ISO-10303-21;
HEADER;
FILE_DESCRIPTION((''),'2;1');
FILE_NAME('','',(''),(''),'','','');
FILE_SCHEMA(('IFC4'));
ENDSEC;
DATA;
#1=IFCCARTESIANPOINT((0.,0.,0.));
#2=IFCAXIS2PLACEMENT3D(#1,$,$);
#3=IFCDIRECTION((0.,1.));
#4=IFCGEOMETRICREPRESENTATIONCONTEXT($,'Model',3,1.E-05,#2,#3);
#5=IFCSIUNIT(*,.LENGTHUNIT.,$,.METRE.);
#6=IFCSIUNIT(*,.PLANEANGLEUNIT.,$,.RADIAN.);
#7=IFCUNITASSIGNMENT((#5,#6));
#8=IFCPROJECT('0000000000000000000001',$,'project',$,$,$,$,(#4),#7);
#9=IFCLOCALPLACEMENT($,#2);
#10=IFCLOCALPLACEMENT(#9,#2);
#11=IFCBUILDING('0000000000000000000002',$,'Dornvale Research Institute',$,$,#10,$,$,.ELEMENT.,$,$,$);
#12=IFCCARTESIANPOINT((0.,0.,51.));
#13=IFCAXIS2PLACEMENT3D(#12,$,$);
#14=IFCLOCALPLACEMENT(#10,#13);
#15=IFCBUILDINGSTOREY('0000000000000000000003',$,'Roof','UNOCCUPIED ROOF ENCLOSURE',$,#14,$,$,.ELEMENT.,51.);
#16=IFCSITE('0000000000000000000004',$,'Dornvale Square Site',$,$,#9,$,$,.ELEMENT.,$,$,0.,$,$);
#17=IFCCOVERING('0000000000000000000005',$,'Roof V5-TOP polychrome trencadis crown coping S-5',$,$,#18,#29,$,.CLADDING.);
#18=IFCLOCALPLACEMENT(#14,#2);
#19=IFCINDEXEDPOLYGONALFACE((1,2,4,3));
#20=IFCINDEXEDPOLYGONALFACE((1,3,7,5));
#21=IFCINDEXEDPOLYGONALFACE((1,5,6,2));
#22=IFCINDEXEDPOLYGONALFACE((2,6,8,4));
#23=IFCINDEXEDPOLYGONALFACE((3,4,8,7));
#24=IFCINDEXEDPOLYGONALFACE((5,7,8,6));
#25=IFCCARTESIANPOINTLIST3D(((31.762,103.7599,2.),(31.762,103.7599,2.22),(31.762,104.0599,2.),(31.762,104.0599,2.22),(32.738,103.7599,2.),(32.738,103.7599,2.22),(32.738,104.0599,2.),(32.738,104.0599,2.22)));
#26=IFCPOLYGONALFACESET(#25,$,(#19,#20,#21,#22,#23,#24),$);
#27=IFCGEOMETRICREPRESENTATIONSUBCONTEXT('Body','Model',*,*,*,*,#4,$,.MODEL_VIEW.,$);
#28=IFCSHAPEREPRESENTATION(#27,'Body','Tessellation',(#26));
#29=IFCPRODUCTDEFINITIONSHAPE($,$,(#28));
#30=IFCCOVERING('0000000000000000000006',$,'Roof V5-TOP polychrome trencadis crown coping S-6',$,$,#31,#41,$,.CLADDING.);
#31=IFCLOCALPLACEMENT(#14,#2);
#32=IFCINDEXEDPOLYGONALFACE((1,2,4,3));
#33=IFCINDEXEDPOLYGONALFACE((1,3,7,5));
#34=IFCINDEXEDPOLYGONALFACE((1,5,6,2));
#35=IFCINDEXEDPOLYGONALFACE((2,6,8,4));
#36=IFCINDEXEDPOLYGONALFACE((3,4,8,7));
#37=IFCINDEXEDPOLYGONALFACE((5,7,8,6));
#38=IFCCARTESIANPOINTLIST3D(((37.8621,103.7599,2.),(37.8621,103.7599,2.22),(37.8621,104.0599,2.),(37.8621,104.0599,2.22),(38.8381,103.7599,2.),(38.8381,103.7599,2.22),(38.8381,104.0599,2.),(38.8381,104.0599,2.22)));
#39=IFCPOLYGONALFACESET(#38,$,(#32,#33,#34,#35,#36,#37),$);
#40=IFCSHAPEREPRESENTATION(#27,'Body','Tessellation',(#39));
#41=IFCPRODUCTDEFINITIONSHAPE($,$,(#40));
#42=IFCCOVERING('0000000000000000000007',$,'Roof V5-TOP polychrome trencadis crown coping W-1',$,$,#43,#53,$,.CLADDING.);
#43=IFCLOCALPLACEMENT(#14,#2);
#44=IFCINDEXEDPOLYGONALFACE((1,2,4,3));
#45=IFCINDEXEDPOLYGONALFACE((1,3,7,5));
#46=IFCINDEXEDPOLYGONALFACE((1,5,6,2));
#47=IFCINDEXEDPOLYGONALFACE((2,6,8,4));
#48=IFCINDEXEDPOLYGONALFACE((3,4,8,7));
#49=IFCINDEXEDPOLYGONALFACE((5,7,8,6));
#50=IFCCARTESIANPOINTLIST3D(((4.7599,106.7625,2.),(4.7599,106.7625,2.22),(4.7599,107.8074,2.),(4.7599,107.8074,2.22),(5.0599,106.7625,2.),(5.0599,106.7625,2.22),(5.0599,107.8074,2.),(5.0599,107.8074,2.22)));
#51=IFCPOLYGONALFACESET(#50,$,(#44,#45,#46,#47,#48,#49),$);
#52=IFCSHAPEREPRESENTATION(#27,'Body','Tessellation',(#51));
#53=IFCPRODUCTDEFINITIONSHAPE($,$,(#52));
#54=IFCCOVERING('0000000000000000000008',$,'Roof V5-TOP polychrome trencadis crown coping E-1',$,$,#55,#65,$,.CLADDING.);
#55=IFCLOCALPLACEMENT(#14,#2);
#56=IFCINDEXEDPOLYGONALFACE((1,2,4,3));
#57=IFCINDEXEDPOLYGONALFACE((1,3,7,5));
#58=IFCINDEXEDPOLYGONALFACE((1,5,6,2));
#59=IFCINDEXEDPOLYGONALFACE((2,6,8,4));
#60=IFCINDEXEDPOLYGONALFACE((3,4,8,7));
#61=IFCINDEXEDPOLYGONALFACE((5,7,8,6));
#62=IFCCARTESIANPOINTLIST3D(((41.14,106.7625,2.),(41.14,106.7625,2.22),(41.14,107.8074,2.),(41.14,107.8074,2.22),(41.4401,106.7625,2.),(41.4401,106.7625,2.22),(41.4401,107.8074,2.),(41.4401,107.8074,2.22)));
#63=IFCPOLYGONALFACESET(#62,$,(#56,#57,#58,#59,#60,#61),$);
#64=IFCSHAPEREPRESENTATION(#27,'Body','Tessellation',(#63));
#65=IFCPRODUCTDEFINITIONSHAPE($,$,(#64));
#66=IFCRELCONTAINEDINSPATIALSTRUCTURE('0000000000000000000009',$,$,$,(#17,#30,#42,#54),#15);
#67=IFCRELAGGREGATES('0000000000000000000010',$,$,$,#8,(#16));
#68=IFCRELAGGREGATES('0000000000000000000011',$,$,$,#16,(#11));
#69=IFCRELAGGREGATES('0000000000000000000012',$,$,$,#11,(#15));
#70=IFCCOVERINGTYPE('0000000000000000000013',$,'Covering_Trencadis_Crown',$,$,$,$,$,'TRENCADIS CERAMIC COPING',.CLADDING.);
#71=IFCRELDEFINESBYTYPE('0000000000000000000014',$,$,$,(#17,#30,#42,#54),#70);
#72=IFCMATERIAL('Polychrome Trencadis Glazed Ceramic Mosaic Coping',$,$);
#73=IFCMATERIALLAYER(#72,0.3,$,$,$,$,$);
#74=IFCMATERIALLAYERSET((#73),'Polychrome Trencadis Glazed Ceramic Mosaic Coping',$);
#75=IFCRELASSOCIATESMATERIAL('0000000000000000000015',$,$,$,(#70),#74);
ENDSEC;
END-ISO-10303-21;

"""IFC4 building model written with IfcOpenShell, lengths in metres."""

from ifc_helpers import new_model, si_unit, direction, frame, origin, origin_2d, place, context, subcontext, project, spatial, rectangle, extrude, material, layer, layer_set, type_object, element, save


model = new_model("IFC4")

# Units and contexts
model_context = context("Model", 3, precision=1e-05, world=origin(), true_north=direction((0.0, 1.0)))
body_context = subcontext(model_context, "Body", "Model", "MODEL_VIEW")
ifc_project = project(units=[si_unit("LENGTHUNIT", "METRE"), si_unit("PLANEANGLEUNIT", "RADIAN")], contexts=[model_context])

# Site, building, storey
site_placement = place(None, origin())
site = spatial("IfcSite", under=ifc_project, at=site_placement, Name="Dornvale Square Site", CompositionType="ELEMENT", RefElevation=0.0)
building_placement = place(site_placement, origin())
building = spatial("IfcBuilding", under=site, at=building_placement, Name="Dornvale Research Institute", CompositionType="ELEMENT")
storey_placement = place(building_placement, frame((0.0, 0.0, 51.0)))
storey = spatial("IfcBuildingStorey", under=building, at=storey_placement, Name="Roof", Description="UNOCCUPIED ROOF ENCLOSURE", CompositionType="ELEMENT", Elevation=51.0)

# Coverings
ifc_material_1 = material(Name="Polychrome Trencadis Glazed Ceramic Mosaic Coping")
ifc_layer_1 = layer(ifc_material_1, 0.3)
ifc_layer_set_1 = layer_set([ifc_layer_1], Name="Polychrome Trencadis Glazed Ceramic Mosaic Coping")
covering_type_1 = type_object("IfcCoveringType", Name="Covering_Trencadis_Crown", ElementType="TRENCADIS CERAMIC COPING", PredefinedType="CLADDING", material=ifc_layer_set_1)
for number, where, z_axis, x_axis, name in (
    (1, (32.25, 103.9099, 2.0), (0.0, 0.0, 1.0), (1.0, 0.0, 0.0), "Roof V5-TOP polychrome trencadis crown coping S-5"),
    (2, (38.3501, 103.9099, 2.0), (0.0, 0.0, 1.0), (1.0, 0.0, 0.0), "Roof V5-TOP polychrome trencadis crown coping S-6"),
):
    element("IfcCovering", number, at=place(storey_placement, frame(where, z_axis=z_axis, x_axis=x_axis)), inside=storey, type_object=covering_type_1, Name=name, PredefinedType="CLADDING", context=body_context, shape_type="SweptSolid", body=[
        extrude(rectangle(XDim=0.9761, YDim=0.3, at=origin_2d()), origin(), (0.0, 0.0, 1.0), 0.22),
    ])
for number, where, z_axis, x_axis, name in (
    (3, (4.9099, 107.2849, 2.0), (0.0, 0.0, 1.0), (0.0, 1.0, 0.0), "Roof V5-TOP polychrome trencadis crown coping W-1"),
    (4, (41.29, 107.2849, 2.0), (0.0, 0.0, 1.0), (0.0, 1.0, 0.0), "Roof V5-TOP polychrome trencadis crown coping E-1"),
):
    element("IfcCovering", number, at=place(storey_placement, frame(where, z_axis=z_axis, x_axis=x_axis)), inside=storey, type_object=covering_type_1, Name=name, PredefinedType="CLADDING", context=body_context, shape_type="SweptSolid", body=[
        extrude(rectangle(XDim=1.0449, YDim=0.3, at=origin_2d()), origin(), (0.0, 0.0, 1.0), 0.22),
    ])

save(model, "model.ifc")
